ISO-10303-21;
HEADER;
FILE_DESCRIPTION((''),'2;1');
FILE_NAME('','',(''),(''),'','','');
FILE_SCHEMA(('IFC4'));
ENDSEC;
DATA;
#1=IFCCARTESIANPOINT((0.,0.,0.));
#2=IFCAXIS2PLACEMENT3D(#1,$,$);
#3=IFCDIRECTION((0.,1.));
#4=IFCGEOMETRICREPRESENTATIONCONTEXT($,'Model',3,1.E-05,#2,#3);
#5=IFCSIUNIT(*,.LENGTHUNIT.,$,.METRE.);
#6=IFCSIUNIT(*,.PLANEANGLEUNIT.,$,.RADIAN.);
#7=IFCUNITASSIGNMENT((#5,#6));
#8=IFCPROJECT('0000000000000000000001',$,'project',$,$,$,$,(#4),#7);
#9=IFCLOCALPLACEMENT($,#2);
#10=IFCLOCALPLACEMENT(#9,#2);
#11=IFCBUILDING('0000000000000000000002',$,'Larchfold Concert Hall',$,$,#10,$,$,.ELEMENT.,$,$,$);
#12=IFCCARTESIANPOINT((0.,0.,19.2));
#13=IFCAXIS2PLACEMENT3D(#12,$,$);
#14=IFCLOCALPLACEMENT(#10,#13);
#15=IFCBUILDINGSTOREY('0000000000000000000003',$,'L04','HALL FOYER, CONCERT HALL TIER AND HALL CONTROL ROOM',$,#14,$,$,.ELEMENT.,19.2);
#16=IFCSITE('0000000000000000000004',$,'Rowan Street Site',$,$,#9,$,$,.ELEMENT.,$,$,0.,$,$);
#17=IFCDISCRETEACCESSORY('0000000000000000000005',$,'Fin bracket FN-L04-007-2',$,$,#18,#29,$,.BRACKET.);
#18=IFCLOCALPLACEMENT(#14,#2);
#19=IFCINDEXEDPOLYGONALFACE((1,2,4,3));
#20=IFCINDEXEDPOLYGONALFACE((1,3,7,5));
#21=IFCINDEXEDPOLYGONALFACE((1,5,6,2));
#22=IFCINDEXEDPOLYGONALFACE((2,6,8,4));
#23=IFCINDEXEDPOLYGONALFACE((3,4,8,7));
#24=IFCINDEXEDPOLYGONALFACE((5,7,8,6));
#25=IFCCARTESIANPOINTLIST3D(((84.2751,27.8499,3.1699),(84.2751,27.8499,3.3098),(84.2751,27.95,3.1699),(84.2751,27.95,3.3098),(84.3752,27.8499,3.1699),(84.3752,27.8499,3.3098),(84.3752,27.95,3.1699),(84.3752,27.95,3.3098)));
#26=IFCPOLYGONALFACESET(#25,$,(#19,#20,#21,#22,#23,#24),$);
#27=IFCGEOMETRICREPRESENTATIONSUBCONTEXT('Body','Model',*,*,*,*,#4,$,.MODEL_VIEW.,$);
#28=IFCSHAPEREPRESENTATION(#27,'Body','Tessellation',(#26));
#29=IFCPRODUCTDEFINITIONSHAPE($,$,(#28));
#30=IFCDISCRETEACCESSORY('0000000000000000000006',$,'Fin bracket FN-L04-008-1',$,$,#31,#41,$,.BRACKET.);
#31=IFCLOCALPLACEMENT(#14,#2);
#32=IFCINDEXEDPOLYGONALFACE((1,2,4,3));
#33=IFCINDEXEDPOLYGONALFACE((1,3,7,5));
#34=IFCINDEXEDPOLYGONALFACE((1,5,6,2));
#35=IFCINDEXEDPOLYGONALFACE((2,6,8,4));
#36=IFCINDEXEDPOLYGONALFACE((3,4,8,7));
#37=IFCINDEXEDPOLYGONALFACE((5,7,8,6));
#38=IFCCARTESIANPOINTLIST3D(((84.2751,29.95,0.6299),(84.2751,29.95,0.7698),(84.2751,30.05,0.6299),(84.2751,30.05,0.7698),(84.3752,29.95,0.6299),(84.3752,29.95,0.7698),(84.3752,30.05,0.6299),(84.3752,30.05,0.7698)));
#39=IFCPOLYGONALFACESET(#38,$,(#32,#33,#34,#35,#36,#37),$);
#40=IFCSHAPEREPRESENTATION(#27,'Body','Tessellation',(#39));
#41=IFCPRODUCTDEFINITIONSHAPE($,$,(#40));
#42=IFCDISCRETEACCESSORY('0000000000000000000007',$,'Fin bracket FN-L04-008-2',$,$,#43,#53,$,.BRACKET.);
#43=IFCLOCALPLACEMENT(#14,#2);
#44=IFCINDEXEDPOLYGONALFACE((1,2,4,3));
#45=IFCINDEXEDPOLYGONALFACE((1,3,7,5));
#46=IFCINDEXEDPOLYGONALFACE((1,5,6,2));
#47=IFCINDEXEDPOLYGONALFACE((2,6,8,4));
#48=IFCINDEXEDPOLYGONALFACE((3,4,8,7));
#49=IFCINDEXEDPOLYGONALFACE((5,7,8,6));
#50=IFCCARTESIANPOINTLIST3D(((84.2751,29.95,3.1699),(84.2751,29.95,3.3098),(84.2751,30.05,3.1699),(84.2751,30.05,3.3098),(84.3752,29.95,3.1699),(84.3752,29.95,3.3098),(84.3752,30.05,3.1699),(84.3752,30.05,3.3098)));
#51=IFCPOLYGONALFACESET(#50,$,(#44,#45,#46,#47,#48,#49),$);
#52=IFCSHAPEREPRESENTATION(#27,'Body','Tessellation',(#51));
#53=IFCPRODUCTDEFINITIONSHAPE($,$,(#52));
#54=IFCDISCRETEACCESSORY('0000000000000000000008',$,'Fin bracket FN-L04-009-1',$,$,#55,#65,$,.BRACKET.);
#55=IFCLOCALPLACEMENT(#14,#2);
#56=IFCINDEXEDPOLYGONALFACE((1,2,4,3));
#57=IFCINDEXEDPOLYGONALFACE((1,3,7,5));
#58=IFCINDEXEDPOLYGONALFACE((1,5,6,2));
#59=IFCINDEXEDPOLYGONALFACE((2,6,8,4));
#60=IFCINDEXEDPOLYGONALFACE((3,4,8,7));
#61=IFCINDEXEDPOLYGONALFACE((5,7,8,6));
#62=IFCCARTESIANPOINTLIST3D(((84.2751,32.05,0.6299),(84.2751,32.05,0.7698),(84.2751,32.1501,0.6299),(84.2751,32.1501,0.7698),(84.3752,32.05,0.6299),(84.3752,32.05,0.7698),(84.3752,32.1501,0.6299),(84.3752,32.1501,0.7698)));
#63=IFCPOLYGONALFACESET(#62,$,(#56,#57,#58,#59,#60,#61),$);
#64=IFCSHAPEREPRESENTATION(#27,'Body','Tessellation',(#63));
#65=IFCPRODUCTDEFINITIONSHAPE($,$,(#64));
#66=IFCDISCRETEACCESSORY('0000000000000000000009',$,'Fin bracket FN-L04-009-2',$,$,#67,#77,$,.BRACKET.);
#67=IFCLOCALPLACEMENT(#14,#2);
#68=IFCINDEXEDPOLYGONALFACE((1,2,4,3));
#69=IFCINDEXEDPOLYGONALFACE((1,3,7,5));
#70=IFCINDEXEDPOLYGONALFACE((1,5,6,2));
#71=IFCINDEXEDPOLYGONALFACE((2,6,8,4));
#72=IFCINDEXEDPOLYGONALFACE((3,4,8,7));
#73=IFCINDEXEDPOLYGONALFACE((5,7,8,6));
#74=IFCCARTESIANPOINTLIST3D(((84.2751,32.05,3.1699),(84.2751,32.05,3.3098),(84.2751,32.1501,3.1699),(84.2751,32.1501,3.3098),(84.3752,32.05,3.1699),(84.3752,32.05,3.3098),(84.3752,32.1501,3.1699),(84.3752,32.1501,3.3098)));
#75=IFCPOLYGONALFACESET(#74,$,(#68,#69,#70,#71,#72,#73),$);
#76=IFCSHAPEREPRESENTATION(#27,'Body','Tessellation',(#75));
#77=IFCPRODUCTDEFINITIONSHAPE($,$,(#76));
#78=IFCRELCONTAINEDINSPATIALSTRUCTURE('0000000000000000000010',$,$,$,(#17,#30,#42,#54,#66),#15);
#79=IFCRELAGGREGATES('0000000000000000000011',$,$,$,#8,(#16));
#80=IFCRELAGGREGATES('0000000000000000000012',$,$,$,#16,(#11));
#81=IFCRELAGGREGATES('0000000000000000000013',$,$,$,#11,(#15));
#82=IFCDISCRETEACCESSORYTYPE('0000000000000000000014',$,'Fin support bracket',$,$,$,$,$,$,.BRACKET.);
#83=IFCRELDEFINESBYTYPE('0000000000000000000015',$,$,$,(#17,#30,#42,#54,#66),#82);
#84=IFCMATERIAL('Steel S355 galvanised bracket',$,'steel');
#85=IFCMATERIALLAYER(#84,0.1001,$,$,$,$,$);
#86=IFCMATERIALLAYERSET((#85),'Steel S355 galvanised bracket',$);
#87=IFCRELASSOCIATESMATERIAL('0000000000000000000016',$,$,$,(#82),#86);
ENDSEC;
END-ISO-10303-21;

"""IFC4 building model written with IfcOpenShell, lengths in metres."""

from ifc_helpers import new_model, si_unit, direction, frame, origin, origin_2d, place, context, subcontext, project, spatial, rectangle, extrude, material, layer, layer_set, type_object, element, save


model = new_model("IFC4")

# Units and contexts
model_context = context("Model", 3, precision=1e-05, world=origin(), true_north=direction((0.0, 1.0)))
body_context = subcontext(model_context, "Body", "Model", "MODEL_VIEW")
ifc_project = project(units=[si_unit("LENGTHUNIT", "METRE"), si_unit("PLANEANGLEUNIT", "RADIAN")], contexts=[model_context])

# Site, building, storey
site_placement = place(None, origin())
site = spatial("IfcSite", under=ifc_project, at=site_placement, Name="Rowan Street Site", CompositionType="ELEMENT", RefElevation=0.0)
building_placement = place(site_placement, origin())
building = spatial("IfcBuilding", under=site, at=building_placement, Name="Larchfold Concert Hall", CompositionType="ELEMENT")
storey_placement = place(building_placement, frame((0.0, 0.0, 19.2)))
storey = spatial("IfcBuildingStorey", under=building, at=storey_placement, Name="L04", Description="HALL FOYER, CONCERT HALL TIER AND HALL CONTROL ROOM", CompositionType="ELEMENT", Elevation=19.2)

# Discrete accessories
ifc_material_1 = material(Name="Steel S355 galvanised bracket", Category="steel")
ifc_layer_1 = layer(ifc_material_1, 0.1001)
ifc_layer_set_1 = layer_set([ifc_layer_1], Name="Steel S355 galvanised bracket")
discrete_accessory_type = type_object("IfcDiscreteAccessoryType", Name="Fin support bracket", PredefinedType="BRACKET", material=ifc_layer_set_1)
for number, where, z_axis, x_axis, name in (
    (1, (84.3252, 27.8999, 3.1699), (0.0, 0.0, 1.0), (-1.0, 0.0, 0.0), "Fin bracket FN-L04-007-2"),
    (2, (84.3252, 30.0, 0.6299), (0.0, 0.0, 1.0), (-1.0, 0.0, 0.0), "Fin bracket FN-L04-008-1"),
    (3, (84.3252, 30.0, 3.1699), (0.0, 0.0, 1.0), (-1.0, 0.0, 0.0), "Fin bracket FN-L04-008-2"),
    (4, (84.3252, 32.1001, 0.6299), (0.0, 0.0, 1.0), (-1.0, 0.0, 0.0), "Fin bracket FN-L04-009-1"),
    (5, (84.3252, 32.1001, 3.1699), (0.0, 0.0, 1.0), (-1.0, 0.0, 0.0), "Fin bracket FN-L04-009-2"),
):
    element("IfcDiscreteAccessory", number, at=place(storey_placement, frame(where, z_axis=z_axis, x_axis=x_axis)), inside=storey, type_object=discrete_accessory_type, Name=name, PredefinedType="BRACKET", context=body_context, shape_type="SweptSolid", body=[
        extrude(rectangle(XDim=0.1001, YDim=0.1001, at=origin_2d()), origin(), (0.0, 0.0, 1.0), 0.1399),
    ])

save(model, "model.ifc")
